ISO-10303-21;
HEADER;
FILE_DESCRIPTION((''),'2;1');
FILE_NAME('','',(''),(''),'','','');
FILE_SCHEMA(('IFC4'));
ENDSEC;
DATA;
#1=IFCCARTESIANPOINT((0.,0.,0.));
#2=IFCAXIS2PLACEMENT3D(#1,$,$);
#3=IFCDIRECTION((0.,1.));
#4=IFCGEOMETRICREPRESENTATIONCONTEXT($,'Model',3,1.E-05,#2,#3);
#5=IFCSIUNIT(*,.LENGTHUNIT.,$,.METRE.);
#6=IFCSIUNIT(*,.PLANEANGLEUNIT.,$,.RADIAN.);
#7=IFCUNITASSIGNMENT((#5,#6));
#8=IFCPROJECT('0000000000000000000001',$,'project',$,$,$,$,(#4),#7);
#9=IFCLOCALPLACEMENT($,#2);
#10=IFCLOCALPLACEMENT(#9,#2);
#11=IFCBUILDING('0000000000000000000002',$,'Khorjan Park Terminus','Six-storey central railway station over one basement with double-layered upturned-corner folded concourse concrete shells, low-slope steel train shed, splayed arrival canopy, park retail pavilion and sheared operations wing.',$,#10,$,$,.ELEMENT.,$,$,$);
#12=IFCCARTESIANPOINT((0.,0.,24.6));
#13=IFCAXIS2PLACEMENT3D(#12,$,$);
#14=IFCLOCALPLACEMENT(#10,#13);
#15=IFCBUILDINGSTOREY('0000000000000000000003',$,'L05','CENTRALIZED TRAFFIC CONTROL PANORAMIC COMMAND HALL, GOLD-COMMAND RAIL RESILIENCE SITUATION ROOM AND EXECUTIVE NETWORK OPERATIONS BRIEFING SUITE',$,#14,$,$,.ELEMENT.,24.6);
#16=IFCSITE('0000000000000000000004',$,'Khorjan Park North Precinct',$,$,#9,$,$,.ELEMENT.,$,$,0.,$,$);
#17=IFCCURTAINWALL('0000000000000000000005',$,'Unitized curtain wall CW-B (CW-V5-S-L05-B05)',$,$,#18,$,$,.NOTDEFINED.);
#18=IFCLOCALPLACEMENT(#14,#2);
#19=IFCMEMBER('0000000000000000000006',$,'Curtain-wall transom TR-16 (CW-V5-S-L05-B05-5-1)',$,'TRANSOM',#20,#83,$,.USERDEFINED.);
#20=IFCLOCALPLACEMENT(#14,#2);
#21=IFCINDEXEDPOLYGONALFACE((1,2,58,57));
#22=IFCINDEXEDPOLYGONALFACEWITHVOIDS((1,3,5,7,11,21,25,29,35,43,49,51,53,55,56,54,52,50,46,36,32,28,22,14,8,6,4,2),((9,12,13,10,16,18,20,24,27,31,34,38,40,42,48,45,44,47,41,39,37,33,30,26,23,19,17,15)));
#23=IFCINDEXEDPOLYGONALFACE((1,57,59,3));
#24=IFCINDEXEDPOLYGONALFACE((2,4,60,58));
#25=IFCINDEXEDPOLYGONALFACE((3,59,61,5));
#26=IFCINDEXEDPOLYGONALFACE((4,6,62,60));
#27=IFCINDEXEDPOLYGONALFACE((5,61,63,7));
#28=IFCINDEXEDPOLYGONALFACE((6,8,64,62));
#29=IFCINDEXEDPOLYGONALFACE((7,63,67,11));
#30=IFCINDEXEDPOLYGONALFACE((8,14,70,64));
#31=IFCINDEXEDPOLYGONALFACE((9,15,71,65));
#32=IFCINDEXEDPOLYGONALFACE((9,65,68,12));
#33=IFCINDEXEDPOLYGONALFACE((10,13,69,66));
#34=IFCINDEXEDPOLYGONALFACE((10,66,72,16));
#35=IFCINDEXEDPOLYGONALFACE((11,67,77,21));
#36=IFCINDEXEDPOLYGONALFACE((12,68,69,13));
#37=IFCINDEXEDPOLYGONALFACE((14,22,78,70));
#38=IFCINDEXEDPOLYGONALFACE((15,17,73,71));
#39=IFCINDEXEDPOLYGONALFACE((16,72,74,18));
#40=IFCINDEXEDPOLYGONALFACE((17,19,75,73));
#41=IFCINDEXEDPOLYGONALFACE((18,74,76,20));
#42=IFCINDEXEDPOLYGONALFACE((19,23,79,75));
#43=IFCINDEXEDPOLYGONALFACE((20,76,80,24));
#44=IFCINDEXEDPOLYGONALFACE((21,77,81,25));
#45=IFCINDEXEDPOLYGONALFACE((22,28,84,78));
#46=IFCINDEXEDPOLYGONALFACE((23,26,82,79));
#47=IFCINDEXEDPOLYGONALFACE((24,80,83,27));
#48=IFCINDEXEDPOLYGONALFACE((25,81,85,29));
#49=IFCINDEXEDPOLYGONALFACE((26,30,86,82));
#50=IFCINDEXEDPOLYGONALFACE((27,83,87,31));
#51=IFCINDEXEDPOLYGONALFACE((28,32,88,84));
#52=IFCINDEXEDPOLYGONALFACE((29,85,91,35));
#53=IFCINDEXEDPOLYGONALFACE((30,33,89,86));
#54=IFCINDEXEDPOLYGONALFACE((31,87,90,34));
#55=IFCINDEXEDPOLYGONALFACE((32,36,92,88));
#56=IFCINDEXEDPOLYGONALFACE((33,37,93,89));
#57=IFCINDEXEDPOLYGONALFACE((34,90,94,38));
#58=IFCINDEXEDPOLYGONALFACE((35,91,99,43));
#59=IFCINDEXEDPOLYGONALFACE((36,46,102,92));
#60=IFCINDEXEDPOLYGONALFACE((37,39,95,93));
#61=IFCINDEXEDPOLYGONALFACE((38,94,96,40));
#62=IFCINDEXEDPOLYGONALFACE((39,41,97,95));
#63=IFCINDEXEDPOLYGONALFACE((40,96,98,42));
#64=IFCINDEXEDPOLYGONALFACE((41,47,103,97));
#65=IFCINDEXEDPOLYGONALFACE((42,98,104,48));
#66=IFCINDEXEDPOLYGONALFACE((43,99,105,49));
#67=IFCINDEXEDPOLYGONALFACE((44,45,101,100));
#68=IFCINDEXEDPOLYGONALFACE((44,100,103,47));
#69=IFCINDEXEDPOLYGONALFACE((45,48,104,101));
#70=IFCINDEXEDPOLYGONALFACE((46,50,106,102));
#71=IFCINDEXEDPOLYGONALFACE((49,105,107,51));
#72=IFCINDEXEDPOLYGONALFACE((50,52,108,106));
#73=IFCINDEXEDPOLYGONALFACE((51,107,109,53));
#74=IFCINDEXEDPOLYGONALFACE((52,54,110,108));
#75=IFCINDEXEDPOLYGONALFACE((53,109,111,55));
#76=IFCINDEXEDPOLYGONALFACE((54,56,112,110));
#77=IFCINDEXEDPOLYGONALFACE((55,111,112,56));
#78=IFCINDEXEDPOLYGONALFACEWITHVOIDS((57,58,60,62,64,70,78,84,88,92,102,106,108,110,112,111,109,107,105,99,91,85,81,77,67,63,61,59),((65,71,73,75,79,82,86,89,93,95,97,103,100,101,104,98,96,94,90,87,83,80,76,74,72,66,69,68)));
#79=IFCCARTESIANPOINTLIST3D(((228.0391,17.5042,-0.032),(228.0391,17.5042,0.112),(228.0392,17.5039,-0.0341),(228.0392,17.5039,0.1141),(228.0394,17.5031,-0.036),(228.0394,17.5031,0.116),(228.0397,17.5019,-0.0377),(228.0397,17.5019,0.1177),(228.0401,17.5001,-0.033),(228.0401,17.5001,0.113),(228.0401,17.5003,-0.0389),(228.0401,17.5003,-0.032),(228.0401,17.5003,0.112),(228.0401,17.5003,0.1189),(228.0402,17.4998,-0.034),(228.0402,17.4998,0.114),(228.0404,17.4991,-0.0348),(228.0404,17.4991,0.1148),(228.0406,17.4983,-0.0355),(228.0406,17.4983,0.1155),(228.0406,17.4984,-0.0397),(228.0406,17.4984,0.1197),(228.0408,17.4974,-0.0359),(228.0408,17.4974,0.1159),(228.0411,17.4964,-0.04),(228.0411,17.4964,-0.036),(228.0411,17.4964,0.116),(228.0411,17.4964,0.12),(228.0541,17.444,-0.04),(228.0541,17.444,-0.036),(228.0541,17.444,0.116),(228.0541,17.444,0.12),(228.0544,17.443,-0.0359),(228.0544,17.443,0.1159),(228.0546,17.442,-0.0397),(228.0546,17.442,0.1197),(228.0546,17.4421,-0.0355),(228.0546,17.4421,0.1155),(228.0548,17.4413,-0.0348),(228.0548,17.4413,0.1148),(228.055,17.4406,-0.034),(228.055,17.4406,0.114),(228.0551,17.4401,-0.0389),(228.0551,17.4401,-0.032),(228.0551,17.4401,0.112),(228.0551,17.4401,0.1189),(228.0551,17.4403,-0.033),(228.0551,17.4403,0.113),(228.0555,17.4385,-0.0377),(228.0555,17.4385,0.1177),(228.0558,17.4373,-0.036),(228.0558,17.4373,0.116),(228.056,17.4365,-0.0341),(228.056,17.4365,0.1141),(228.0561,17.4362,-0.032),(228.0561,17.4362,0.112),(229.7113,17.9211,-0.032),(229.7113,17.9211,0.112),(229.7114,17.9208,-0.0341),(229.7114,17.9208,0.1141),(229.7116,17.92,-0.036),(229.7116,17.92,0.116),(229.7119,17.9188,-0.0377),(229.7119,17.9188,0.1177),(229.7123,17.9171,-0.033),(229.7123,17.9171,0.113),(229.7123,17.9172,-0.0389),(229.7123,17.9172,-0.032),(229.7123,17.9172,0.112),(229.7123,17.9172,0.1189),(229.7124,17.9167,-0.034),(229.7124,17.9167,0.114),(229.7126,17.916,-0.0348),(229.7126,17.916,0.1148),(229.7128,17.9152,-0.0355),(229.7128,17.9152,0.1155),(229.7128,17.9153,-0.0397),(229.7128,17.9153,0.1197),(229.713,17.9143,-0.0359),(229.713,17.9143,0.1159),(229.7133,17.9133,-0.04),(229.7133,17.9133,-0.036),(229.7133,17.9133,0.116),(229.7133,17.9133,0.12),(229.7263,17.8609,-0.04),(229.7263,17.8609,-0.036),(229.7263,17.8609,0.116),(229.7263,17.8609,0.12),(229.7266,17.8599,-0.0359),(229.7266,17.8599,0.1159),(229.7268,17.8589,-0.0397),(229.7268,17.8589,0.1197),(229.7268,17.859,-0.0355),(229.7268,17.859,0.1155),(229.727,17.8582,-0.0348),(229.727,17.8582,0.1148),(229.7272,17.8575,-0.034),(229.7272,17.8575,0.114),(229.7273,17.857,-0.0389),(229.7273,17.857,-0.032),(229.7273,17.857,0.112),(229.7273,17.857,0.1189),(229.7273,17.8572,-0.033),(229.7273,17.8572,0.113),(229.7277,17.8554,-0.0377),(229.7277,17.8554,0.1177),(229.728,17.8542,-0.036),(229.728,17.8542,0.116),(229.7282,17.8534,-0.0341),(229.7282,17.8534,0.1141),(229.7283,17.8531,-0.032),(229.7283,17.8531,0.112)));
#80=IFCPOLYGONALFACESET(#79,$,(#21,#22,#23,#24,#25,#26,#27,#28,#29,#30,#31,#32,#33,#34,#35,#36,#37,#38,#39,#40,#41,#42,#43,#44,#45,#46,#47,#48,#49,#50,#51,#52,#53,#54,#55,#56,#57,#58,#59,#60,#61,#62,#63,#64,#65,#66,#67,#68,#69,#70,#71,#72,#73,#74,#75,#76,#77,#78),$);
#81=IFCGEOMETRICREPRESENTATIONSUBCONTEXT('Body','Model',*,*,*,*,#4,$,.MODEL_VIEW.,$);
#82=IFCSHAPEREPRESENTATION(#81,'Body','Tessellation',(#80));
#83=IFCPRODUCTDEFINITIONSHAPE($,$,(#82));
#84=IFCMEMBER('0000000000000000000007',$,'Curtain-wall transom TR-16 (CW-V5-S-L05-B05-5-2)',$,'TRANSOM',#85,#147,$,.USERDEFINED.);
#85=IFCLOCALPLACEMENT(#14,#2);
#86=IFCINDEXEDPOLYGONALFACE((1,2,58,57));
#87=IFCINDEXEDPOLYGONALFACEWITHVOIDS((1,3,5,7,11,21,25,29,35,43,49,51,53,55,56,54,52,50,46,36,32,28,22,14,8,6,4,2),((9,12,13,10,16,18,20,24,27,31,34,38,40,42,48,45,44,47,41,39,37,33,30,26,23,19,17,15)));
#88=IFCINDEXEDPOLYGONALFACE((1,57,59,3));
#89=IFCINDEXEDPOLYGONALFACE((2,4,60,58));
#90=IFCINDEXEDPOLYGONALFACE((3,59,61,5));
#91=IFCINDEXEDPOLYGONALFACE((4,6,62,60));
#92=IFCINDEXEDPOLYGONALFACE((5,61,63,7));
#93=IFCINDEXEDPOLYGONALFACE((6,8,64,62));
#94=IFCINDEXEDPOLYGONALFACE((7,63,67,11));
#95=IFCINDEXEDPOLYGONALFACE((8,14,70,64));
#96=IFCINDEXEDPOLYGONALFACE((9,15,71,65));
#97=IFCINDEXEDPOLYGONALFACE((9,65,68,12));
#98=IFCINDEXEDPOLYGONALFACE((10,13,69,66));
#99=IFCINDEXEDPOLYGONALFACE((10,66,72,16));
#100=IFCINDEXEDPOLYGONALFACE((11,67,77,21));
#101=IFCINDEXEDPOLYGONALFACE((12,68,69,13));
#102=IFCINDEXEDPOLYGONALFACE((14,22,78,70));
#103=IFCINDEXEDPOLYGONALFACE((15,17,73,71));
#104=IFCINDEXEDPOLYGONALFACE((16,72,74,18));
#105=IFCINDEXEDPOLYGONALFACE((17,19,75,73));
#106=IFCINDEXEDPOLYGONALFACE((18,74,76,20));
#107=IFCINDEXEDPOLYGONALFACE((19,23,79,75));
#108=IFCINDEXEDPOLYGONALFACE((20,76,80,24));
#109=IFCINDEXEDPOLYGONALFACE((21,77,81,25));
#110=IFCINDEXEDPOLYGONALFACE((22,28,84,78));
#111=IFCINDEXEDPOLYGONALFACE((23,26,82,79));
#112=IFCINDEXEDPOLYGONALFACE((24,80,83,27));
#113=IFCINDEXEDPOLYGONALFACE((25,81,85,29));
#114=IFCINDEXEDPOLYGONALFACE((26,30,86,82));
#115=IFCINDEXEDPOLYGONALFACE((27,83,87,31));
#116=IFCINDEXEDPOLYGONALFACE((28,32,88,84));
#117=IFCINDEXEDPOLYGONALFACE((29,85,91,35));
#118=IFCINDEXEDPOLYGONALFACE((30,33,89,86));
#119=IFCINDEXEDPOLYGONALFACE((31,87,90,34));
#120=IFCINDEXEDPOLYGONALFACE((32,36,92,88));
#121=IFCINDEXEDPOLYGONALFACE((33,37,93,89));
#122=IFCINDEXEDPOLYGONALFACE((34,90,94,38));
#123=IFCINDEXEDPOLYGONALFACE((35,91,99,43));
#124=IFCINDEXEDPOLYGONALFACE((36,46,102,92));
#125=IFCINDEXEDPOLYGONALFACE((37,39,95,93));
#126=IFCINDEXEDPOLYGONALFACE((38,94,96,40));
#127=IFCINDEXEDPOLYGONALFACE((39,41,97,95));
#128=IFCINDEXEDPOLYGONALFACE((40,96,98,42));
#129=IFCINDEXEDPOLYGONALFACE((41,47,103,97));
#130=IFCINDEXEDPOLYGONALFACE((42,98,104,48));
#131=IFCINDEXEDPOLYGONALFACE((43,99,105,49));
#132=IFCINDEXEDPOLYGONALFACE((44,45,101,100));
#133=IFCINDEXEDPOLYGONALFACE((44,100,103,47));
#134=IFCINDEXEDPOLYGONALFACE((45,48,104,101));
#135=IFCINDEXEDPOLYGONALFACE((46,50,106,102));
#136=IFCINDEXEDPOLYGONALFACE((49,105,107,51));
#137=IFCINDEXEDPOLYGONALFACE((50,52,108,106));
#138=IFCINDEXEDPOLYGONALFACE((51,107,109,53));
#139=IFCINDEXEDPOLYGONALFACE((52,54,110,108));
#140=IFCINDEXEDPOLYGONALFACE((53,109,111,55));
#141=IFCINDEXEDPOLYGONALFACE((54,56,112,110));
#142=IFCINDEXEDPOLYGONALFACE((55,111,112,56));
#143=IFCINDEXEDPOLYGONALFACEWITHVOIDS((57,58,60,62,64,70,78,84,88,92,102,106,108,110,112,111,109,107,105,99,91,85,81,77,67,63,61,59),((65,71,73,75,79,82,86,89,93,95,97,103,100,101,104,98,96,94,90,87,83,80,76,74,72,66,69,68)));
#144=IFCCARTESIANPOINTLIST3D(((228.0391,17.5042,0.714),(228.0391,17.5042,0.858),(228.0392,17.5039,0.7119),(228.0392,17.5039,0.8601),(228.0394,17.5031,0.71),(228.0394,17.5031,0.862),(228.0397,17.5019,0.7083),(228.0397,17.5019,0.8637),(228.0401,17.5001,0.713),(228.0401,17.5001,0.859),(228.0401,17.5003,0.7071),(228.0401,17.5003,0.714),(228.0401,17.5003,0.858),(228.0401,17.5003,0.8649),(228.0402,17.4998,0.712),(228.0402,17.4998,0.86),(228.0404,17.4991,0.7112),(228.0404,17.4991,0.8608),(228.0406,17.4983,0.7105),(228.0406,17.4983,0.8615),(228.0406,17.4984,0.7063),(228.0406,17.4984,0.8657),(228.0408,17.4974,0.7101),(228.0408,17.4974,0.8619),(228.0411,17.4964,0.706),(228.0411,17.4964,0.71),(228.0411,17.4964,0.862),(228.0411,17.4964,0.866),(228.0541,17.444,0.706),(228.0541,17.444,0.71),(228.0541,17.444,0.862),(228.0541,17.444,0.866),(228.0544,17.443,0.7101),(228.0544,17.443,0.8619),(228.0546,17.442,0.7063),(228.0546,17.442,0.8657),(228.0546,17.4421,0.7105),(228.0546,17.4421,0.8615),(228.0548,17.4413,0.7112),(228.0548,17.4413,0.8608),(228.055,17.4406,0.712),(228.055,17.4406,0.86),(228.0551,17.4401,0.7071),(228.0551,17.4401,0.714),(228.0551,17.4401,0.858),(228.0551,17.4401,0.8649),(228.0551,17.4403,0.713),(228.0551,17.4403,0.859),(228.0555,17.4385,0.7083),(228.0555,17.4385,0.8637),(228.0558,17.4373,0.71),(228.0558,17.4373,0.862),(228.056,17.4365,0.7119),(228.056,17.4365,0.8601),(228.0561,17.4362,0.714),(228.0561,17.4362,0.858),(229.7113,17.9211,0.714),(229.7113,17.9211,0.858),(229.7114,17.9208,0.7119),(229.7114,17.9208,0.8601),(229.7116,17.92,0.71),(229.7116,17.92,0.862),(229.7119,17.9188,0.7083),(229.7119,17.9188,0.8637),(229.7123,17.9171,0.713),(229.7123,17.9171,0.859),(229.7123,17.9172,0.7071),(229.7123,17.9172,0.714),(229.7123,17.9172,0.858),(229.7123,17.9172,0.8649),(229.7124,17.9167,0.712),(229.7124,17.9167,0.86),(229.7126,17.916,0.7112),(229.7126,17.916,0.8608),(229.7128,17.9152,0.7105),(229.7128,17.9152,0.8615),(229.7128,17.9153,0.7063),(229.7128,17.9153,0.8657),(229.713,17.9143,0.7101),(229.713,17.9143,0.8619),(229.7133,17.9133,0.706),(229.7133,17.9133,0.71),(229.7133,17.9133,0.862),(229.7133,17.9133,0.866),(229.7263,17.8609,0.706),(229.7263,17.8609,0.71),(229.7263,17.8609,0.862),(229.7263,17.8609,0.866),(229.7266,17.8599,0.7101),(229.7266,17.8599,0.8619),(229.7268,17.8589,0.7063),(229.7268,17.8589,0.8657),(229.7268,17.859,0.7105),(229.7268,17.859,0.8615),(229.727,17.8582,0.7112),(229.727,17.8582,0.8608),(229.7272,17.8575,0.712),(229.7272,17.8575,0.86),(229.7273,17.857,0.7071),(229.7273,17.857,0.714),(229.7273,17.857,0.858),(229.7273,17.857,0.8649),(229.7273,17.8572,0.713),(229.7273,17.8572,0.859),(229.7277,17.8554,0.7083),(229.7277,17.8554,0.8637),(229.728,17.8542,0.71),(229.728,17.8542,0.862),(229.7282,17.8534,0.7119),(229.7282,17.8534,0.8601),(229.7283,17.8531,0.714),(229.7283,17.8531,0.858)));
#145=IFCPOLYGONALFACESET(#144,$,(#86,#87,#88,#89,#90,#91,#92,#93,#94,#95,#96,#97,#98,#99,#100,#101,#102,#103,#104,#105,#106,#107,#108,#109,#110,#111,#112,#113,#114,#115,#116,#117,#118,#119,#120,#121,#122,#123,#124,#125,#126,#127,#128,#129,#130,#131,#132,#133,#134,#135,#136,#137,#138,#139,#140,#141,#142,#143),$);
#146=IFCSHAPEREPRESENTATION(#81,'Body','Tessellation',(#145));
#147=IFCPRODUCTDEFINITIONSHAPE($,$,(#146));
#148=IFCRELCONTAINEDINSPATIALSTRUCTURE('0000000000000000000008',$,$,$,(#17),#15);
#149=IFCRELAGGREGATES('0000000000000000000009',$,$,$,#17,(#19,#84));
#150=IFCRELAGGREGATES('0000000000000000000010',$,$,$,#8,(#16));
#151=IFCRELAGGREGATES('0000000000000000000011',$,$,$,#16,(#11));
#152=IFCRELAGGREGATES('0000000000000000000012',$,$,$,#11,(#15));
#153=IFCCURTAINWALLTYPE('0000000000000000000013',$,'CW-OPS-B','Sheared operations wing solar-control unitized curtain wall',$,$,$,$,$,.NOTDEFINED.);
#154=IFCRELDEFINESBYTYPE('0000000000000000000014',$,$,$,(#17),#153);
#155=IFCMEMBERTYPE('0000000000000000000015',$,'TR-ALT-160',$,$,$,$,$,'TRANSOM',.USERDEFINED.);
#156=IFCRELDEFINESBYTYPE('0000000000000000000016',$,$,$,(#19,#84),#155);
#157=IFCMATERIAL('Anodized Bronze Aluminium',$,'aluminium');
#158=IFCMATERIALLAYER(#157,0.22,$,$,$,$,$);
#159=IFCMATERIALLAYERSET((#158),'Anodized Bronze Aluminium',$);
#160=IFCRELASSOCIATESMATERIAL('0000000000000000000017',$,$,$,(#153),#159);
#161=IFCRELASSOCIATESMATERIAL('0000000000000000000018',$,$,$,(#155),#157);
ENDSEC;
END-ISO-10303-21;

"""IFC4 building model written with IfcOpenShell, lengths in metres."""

from ifc_helpers import new_model, si_unit, direction, frame, origin, origin_2d, place, context, subcontext, project, spatial, hollow_rectangle, extrude, material, layer, layer_set, material_profile, profile_set, type_object, element, aggregate, save


model = new_model("IFC4")

# Units and contexts
model_context = context("Model", 3, precision=1e-05, world=origin(), true_north=direction((0.0, 1.0)))
body_context = subcontext(model_context, "Body", "Model", "MODEL_VIEW")
ifc_project = project(units=[si_unit("LENGTHUNIT", "METRE"), si_unit("PLANEANGLEUNIT", "RADIAN")], contexts=[model_context])

# Site, building, storey
site_placement = place(None, origin())
site = spatial("IfcSite", under=ifc_project, at=site_placement, Name="Khorjan Park North Precinct", CompositionType="ELEMENT", RefElevation=0.0)
building_placement = place(site_placement, origin())
building = spatial("IfcBuilding", under=site, at=building_placement, Name="Khorjan Park Terminus", Description="Six-storey central railway station over one basement with double-layered upturned-corner folded concourse concrete shells, low-slope steel train shed, splayed arrival canopy, park retail pavilion and sheared operations wing.", CompositionType="ELEMENT")
storey_placement = place(building_placement, frame((0.0, 0.0, 24.6)))
storey = spatial("IfcBuildingStorey", under=building, at=storey_placement, Name="L05", Description="CENTRALIZED TRAFFIC CONTROL PANORAMIC COMMAND HALL, GOLD-COMMAND RAIL RESILIENCE SITUATION ROOM AND EXECUTIVE NETWORK OPERATIONS BRIEFING SUITE", CompositionType="ELEMENT", Elevation=24.6)

# Curtain wall, members
ifc_material_1 = material(Name="Anodized Bronze Aluminium", Category="aluminium")
ifc_layer_1 = layer(ifc_material_1, 0.22)
ifc_layer_set_1 = layer_set([ifc_layer_1], Name="Anodized Bronze Aluminium")
curtain_wall_type = type_object("IfcCurtainWallType", Name="CW-OPS-B", Description="Sheared operations wing solar-control unitized curtain wall", PredefinedType="NOTDEFINED", material=ifc_layer_set_1)
curtain_wall_placement = place(storey_placement, origin())
curtain_wall = element("IfcCurtainWall", 1, at=curtain_wall_placement, inside=storey, type_object=curtain_wall_type, Name="Unitized curtain wall CW-B (CW-V5-S-L05-B05)", PredefinedType="NOTDEFINED")
ifc_material_profile_1 = material_profile(ifc_material_1, hollow_rectangle(XDim=0.07, YDim=0.16, WallThickness=0.004, InnerFilletRadius=0.004, OuterFilletRadius=0.008, at=origin_2d()), Name="ALT 70x160x4")
ifc_profile_set_1 = profile_set([ifc_material_profile_1], Name="Anodized Bronze Aluminium")
member_type_1 = type_object("IfcMemberType", Name="TR-ALT-160", ElementType="TRANSOM", PredefinedType="USERDEFINED", material=ifc_profile_set_1)
member_1_placement = place(storey_placement, frame((228.0476, 17.4702, 0.04), z_axis=(0.970299, 0.241908, 0.0), x_axis=(-0.241908, 0.970299, 0.0)))
member_1 = element("IfcMember", 2, at=member_1_placement, type_object=member_type_1, Name="Curtain-wall transom TR-16 (CW-V5-S-L05-B05-5-1)", ObjectType="TRANSOM", PredefinedType="USERDEFINED", context=body_context, shape_type="SweptSolid", body=[
    extrude(hollow_rectangle(XDim=0.07, YDim=0.16, WallThickness=0.004, InnerFilletRadius=0.004, OuterFilletRadius=0.008, at=origin_2d()), origin(), (0.0, 0.0, 1.0), 1.7234),
])
member_2_placement = place(storey_placement, frame((228.0476, 17.4702, 0.786), z_axis=(0.970299, 0.241908, 0.0), x_axis=(-0.241908, 0.970299, 0.0)))
member_2 = element("IfcMember", 3, at=member_2_placement, type_object=member_type_1, Name="Curtain-wall transom TR-16 (CW-V5-S-L05-B05-5-2)", ObjectType="TRANSOM", PredefinedType="USERDEFINED", context=body_context, shape_type="SweptSolid", body=[
    extrude(hollow_rectangle(XDim=0.07, YDim=0.16, WallThickness=0.004, InnerFilletRadius=0.004, OuterFilletRadius=0.008, at=origin_2d()), origin(), (0.0, 0.0, 1.0), 1.7234),
])
aggregate(curtain_wall, [member_1, member_2])

save(model, "model.ifc")
